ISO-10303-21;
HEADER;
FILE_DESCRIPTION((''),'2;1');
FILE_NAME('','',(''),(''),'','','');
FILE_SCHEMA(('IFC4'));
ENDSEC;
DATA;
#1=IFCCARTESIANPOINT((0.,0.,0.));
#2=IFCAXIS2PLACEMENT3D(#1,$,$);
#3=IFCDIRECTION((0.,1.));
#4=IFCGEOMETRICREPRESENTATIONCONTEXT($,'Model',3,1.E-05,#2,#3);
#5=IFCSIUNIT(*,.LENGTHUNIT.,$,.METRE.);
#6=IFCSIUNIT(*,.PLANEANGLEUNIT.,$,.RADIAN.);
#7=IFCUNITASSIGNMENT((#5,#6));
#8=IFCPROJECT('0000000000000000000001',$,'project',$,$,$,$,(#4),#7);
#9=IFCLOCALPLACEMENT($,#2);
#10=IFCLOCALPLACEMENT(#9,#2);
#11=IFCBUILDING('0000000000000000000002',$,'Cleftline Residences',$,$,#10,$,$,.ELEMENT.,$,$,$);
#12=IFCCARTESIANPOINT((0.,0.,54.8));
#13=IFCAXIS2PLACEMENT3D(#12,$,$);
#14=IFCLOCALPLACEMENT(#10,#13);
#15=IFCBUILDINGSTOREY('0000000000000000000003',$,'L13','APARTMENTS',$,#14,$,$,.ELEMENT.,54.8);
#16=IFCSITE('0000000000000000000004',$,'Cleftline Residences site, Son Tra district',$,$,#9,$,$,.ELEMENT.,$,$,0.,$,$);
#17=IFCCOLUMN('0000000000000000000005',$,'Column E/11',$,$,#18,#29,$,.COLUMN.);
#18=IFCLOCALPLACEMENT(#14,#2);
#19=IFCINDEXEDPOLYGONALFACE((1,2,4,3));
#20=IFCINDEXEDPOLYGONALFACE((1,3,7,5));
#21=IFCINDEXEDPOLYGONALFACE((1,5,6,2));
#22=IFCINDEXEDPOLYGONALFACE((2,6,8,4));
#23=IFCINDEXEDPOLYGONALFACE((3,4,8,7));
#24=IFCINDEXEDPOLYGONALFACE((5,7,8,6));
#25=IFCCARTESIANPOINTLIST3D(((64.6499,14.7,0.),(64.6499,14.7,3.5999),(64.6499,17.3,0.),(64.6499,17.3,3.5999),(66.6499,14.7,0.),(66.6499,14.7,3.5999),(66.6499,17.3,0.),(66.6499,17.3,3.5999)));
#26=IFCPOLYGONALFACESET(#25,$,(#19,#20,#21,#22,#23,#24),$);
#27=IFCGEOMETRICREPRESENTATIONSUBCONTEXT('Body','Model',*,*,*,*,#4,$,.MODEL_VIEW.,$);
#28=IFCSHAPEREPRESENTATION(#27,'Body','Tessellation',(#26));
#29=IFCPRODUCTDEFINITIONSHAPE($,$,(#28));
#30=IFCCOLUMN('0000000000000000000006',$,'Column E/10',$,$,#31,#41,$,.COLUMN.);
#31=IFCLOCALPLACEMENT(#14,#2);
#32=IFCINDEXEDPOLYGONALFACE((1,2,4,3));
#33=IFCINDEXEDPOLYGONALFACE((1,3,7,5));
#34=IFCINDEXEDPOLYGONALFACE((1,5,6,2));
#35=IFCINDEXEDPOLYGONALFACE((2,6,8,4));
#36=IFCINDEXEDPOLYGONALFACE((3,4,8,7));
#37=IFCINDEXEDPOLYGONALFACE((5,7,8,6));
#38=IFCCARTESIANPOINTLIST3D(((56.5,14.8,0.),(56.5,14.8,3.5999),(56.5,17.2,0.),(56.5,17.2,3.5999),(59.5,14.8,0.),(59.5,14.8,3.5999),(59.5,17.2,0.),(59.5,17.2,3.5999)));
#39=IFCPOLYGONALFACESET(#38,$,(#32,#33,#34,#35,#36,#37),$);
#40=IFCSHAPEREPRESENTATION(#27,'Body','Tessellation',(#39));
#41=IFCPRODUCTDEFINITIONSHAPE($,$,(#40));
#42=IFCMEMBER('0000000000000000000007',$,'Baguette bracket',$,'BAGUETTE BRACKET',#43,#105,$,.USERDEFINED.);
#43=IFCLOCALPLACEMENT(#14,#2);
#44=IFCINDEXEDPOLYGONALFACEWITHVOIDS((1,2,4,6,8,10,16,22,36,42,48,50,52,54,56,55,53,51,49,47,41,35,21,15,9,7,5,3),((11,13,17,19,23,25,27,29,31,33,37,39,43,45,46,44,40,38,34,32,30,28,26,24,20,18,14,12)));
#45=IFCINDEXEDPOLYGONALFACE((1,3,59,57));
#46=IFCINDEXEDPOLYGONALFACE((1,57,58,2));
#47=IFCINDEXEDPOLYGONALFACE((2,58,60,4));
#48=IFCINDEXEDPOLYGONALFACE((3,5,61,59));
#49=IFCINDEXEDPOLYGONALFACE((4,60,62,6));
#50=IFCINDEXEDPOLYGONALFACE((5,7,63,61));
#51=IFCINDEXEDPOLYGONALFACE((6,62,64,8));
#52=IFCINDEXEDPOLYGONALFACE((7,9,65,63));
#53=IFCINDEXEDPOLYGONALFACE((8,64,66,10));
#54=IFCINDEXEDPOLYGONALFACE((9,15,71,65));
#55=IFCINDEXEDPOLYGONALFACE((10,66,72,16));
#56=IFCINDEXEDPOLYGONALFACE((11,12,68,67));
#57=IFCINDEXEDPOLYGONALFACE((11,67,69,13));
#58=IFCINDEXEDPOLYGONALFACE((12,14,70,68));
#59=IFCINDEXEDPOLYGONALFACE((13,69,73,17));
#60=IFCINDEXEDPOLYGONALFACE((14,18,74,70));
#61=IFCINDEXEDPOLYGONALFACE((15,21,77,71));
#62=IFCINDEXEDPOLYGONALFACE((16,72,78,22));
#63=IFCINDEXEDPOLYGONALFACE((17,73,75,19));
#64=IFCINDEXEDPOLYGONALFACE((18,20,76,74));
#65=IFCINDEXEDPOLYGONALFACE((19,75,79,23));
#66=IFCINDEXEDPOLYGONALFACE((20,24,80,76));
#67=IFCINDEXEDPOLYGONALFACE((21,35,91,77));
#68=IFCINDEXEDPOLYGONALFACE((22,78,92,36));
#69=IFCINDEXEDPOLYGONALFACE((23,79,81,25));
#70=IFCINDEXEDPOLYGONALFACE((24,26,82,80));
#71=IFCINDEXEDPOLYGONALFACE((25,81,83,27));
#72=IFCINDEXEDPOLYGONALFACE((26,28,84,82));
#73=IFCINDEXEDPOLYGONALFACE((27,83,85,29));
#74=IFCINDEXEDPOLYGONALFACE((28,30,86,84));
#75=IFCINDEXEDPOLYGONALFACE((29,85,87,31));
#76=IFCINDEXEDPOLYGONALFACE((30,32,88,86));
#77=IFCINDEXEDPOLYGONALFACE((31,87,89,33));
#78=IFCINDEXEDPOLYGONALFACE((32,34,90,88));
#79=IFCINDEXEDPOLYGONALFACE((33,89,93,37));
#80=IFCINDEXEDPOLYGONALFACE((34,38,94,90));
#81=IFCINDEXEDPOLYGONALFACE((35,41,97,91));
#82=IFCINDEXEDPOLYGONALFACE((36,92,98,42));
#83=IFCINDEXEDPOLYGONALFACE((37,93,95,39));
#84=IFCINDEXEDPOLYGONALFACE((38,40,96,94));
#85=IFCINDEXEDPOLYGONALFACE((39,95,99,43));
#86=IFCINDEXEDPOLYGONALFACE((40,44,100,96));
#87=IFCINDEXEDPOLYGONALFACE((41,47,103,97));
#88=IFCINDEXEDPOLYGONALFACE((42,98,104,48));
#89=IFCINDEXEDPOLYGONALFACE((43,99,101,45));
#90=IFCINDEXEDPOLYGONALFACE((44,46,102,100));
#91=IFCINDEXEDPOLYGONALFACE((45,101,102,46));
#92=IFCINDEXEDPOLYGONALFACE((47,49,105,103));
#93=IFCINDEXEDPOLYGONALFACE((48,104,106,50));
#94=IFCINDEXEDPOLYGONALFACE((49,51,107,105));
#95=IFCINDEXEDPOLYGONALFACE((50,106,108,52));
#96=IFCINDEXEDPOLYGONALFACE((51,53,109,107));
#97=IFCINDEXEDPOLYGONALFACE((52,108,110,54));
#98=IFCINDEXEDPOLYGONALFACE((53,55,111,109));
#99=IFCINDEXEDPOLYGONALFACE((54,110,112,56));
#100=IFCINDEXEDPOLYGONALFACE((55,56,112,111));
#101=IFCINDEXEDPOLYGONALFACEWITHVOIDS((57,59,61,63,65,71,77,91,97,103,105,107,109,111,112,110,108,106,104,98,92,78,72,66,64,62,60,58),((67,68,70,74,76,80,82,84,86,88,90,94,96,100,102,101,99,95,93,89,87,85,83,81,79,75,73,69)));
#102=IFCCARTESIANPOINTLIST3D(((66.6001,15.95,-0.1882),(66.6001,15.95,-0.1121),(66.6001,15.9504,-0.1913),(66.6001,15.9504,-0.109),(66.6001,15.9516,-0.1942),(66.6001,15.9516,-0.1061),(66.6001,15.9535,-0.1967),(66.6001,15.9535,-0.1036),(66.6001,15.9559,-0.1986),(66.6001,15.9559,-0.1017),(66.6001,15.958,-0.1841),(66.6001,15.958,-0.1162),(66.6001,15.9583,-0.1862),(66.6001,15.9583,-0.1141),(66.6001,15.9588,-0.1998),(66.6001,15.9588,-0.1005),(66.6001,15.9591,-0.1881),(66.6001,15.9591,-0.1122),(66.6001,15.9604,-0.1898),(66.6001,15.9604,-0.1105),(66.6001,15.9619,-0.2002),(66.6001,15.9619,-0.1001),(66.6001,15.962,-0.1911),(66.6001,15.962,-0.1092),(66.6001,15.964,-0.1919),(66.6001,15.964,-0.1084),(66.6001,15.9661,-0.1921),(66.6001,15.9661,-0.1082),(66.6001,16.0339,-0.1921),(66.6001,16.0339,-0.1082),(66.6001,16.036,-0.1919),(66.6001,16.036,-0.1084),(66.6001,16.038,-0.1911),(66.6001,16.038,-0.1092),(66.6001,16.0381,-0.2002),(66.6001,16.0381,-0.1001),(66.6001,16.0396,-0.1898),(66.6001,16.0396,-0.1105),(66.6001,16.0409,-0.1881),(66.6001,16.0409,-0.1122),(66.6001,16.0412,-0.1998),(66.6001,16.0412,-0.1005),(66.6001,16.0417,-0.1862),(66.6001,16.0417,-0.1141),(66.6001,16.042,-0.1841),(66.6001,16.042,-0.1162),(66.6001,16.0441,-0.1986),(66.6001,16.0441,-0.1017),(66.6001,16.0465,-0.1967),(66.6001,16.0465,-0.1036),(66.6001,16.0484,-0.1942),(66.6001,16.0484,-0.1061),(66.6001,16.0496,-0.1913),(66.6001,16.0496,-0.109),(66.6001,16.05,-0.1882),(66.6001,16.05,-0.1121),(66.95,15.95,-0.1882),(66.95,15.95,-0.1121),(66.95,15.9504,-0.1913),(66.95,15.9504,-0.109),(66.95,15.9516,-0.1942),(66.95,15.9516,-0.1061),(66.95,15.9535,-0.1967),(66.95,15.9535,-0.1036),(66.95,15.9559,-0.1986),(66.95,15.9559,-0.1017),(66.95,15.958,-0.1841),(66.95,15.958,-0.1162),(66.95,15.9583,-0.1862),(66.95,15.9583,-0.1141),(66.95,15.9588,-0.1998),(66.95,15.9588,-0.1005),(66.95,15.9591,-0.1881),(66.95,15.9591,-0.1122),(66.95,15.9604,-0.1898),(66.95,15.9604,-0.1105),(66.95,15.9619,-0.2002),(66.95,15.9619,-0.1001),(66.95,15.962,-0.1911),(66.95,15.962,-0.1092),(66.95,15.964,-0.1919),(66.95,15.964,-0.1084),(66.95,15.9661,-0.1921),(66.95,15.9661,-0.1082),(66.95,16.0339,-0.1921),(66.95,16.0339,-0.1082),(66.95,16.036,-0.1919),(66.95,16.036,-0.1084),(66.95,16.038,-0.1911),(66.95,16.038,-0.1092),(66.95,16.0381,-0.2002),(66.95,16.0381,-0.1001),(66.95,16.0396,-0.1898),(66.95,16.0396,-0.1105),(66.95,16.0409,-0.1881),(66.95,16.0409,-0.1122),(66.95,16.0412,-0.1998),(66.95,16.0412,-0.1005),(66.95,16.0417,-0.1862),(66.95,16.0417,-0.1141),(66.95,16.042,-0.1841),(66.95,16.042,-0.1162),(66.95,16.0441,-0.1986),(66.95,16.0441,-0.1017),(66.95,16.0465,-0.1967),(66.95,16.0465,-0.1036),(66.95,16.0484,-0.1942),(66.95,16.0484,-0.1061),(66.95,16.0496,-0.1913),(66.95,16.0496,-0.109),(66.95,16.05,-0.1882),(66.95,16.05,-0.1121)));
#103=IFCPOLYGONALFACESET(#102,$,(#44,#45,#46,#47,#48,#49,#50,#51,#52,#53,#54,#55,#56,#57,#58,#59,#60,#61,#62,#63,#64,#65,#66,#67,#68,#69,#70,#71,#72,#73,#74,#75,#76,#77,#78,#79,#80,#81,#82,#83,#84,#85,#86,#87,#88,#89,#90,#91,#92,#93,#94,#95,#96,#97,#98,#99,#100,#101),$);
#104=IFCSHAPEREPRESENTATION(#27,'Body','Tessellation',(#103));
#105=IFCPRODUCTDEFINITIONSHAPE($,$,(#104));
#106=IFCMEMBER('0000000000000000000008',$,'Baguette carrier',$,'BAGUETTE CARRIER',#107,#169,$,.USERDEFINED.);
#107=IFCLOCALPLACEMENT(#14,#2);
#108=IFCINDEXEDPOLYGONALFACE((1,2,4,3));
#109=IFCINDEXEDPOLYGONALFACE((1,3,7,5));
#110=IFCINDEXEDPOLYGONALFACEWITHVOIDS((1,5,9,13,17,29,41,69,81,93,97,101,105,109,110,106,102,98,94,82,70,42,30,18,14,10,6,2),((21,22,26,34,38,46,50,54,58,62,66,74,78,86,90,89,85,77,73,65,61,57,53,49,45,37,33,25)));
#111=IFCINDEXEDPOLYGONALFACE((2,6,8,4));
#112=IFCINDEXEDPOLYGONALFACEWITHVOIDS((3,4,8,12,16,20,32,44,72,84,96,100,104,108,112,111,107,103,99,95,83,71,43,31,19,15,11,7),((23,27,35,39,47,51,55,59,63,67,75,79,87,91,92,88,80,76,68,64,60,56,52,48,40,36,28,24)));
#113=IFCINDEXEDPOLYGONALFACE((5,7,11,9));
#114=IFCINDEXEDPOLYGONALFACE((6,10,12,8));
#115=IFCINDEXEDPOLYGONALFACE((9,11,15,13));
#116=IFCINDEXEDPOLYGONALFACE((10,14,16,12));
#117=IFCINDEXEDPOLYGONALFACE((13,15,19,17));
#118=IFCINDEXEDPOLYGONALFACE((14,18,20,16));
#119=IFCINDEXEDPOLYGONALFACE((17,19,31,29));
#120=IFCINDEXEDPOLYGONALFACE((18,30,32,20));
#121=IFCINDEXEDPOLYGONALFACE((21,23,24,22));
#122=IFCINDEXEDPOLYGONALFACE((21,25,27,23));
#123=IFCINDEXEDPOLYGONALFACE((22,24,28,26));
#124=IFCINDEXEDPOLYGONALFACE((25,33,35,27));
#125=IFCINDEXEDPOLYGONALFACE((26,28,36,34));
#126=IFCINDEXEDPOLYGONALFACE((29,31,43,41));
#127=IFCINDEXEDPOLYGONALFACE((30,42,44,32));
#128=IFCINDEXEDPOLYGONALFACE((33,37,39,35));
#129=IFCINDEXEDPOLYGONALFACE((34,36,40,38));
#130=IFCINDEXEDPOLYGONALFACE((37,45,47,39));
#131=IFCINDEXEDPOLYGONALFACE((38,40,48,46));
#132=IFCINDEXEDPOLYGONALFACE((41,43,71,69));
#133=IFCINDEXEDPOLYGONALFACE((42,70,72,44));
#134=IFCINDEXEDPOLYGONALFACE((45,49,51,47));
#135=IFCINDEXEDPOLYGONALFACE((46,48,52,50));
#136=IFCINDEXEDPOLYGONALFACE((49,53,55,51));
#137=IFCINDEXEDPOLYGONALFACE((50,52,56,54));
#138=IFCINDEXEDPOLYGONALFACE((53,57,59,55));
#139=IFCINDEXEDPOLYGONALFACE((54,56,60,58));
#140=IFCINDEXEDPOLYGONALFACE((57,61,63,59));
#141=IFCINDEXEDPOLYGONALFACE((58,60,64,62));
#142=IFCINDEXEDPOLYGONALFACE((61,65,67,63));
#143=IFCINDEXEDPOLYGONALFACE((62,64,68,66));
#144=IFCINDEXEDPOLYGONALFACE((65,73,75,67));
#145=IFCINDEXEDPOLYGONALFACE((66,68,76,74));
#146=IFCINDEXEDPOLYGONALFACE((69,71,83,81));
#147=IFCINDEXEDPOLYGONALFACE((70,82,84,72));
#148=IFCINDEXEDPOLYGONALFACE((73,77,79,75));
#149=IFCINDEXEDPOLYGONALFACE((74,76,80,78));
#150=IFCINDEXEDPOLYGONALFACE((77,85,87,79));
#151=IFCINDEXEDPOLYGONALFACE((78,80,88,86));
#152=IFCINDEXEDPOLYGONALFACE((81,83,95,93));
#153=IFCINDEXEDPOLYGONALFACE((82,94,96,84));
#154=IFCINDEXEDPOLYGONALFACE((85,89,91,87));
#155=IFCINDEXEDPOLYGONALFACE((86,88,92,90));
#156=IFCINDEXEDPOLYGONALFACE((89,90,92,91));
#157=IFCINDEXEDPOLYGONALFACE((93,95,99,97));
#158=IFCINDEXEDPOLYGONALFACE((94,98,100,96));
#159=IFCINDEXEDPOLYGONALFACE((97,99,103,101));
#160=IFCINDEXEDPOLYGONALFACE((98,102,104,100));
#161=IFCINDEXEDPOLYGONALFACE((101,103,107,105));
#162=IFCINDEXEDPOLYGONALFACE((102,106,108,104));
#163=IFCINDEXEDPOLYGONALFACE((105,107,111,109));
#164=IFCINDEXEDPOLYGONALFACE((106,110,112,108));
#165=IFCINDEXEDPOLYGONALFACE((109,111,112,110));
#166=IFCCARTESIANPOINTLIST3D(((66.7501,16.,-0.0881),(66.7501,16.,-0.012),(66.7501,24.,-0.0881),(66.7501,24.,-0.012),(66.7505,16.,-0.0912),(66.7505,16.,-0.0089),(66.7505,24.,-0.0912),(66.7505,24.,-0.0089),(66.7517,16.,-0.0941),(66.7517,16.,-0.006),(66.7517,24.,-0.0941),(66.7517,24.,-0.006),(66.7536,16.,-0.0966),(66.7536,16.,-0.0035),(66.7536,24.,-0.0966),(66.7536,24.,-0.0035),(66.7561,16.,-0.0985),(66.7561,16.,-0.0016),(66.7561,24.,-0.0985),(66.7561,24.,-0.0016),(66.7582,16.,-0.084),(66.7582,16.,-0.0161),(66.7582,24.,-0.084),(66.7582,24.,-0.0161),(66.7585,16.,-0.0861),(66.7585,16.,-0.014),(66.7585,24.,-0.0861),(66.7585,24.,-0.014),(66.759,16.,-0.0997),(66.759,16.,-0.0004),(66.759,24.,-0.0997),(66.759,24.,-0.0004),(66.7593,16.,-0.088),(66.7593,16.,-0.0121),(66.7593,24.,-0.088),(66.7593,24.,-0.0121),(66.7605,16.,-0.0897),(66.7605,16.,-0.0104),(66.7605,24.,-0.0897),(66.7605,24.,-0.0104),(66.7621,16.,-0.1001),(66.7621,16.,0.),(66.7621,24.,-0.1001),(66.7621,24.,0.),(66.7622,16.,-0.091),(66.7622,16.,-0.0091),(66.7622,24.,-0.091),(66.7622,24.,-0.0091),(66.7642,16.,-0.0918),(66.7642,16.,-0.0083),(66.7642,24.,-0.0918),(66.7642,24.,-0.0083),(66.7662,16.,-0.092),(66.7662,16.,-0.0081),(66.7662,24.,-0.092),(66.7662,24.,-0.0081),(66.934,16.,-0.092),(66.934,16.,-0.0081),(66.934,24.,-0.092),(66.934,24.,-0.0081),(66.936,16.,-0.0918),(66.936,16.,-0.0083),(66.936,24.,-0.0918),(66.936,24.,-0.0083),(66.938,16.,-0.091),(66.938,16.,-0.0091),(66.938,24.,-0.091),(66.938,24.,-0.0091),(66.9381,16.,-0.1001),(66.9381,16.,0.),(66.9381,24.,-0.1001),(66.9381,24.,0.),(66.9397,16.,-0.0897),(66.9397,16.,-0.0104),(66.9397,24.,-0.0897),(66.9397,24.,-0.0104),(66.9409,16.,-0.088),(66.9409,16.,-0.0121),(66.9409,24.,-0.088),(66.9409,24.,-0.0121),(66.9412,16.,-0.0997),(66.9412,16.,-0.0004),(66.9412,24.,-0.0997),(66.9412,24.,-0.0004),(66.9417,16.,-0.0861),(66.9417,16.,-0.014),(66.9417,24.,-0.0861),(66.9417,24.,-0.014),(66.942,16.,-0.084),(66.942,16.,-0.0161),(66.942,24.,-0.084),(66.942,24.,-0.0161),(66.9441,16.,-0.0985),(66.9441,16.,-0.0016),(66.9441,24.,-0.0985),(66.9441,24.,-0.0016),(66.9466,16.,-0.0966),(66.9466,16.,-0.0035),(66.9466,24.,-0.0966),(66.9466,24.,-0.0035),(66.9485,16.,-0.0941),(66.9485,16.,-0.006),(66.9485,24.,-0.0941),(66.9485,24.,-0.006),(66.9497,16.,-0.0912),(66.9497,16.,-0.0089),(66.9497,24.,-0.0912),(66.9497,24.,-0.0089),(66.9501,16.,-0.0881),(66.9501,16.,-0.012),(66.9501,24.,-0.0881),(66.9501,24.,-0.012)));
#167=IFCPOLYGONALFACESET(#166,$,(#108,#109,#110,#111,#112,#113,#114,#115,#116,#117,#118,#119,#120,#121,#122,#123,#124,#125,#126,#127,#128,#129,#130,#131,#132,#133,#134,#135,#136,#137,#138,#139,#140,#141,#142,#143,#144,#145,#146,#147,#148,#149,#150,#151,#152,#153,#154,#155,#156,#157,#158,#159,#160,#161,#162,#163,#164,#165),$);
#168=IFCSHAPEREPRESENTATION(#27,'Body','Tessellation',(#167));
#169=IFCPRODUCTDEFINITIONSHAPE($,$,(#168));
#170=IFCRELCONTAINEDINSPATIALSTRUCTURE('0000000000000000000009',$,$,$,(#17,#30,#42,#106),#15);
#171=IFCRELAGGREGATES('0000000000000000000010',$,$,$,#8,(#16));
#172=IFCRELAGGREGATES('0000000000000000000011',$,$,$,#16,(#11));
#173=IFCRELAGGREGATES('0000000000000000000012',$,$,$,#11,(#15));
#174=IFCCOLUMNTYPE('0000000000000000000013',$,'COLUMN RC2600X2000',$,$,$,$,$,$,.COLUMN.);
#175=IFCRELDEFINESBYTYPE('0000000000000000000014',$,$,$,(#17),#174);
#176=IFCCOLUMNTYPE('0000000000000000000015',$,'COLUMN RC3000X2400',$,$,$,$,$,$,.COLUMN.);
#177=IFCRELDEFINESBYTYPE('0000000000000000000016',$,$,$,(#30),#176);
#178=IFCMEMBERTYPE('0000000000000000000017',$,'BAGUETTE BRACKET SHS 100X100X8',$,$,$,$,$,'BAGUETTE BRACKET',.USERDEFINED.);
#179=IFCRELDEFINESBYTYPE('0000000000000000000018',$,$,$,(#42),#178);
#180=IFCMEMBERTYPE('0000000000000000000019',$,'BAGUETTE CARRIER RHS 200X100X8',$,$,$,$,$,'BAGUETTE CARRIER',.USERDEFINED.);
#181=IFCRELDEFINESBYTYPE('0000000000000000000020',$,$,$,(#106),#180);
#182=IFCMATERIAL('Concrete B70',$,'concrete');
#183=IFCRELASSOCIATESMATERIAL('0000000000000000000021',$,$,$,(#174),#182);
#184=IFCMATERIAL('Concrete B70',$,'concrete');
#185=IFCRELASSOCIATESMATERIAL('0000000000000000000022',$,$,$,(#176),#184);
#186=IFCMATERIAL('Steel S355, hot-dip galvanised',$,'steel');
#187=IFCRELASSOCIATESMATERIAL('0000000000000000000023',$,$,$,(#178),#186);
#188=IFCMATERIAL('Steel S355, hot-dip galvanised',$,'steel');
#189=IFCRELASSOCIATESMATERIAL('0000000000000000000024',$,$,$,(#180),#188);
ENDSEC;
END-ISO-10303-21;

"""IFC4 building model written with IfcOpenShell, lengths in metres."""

from ifc_helpers import new_model, si_unit, direction, frame, origin, origin_2d, place, context, subcontext, project, spatial, rectangle, hollow_rectangle, extrude, material, material_profile, profile_set, type_object, element, save


model = new_model("IFC4")

# Units and contexts
model_context = context("Model", 3, precision=1e-05, world=origin(), true_north=direction((0.0, 1.0)))
body_context = subcontext(model_context, "Body", "Model", "MODEL_VIEW")
ifc_project = project(units=[si_unit("LENGTHUNIT", "METRE"), si_unit("PLANEANGLEUNIT", "RADIAN")], contexts=[model_context])

# Site, building, storey
site_placement = place(None, origin())
site = spatial("IfcSite", under=ifc_project, at=site_placement, Name="Cleftline Residences site, Son Tra district", CompositionType="ELEMENT", RefElevation=0.0)
building_placement = place(site_placement, origin())
building = spatial("IfcBuilding", under=site, at=building_placement, Name="Cleftline Residences", CompositionType="ELEMENT")
storey_placement = place(building_placement, frame((0.0, 0.0, 54.8)))
storey = spatial("IfcBuildingStorey", under=building, at=storey_placement, Name="L13", Description="APARTMENTS", CompositionType="ELEMENT", Elevation=54.8)

# Columns
ifc_material_1 = material(Name="Concrete B70", Category="concrete")
ifc_material_profile_1 = material_profile(ifc_material_1, rectangle(XDim=2.6001, YDim=2.0, at=origin_2d()))
ifc_profile_set_1 = profile_set([ifc_material_profile_1], Name="Concrete B70")
column_type_1 = type_object("IfcColumnType", Name="COLUMN RC2600X2000", PredefinedType="COLUMN", material=ifc_profile_set_1)
column_1_placement = place(storey_placement, frame((65.6499, 16.0, 0.0), z_axis=(0.0, 0.0, 1.0), x_axis=(0.0, 1.0, 0.0)))
element("IfcColumn", 1, at=column_1_placement, inside=storey, type_object=column_type_1, Name="Column E/11", PredefinedType="COLUMN", context=body_context, shape_type="SweptSolid", body=[
    extrude(rectangle(XDim=2.6001, YDim=2.0, at=origin_2d()), origin(), (0.0, 0.0, 1.0), 3.5999),
])
ifc_material_2 = material(Name="Concrete B70", Category="concrete")
ifc_material_profile_2 = material_profile(ifc_material_2, rectangle(XDim=3.0, YDim=2.3999, at=origin_2d()))
ifc_profile_set_2 = profile_set([ifc_material_profile_2], Name="Concrete B70")
column_type_2 = type_object("IfcColumnType", Name="COLUMN RC3000X2400", PredefinedType="COLUMN", material=ifc_profile_set_2)
column_2_placement = place(storey_placement, frame((58.0, 16.0, 0.0), z_axis=(0.0, 0.0, 1.0), x_axis=(1.0, 0.0, 0.0)))
element("IfcColumn", 2, at=column_2_placement, inside=storey, type_object=column_type_2, Name="Column E/10", PredefinedType="COLUMN", context=body_context, shape_type="SweptSolid", body=[
    extrude(rectangle(XDim=3.0, YDim=2.3999, at=origin_2d()), origin(), (0.0, 0.0, 1.0), 3.5999),
])

# Members
ifc_material_3 = material(Name="Steel S355, hot-dip galvanised", Category="steel")
ifc_material_profile_3 = material_profile(ifc_material_3, hollow_rectangle(XDim=0.1001, YDim=0.1001, WallThickness=0.0081, InnerFilletRadius=0.0081, OuterFilletRadius=0.012, at=origin_2d()))
ifc_profile_set_3 = profile_set([ifc_material_profile_3], Name="Steel S355, hot-dip galvanised")
member_type_1 = type_object("IfcMemberType", Name="BAGUETTE BRACKET SHS 100X100X8", ElementType="BAGUETTE BRACKET", PredefinedType="USERDEFINED", material=ifc_profile_set_3)
member_1_placement = place(storey_placement, frame((66.6001, 16.0, -0.1501), z_axis=(1.0, 0.0, 0.0), x_axis=(0.0, 1.0, 0.0)))
element("IfcMember", 3, at=member_1_placement, inside=storey, type_object=member_type_1, Name="Baguette bracket", ObjectType="BAGUETTE BRACKET", PredefinedType="USERDEFINED", context=body_context, shape_type="SweptSolid", body=[
    extrude(hollow_rectangle(XDim=0.1001, YDim=0.1001, WallThickness=0.0081, InnerFilletRadius=0.0081, OuterFilletRadius=0.012, at=origin_2d()), origin(), (0.0, 0.0, 1.0), 0.3499),
])
ifc_material_4 = material(Name="Steel S355, hot-dip galvanised", Category="steel")
ifc_material_profile_4 = material_profile(ifc_material_4, hollow_rectangle(XDim=0.1001, YDim=0.2, WallThickness=0.0081, InnerFilletRadius=0.0081, OuterFilletRadius=0.012, at=origin_2d()))
ifc_profile_set_4 = profile_set([ifc_material_profile_4], Name="Steel S355, hot-dip galvanised")
member_type_2 = type_object("IfcMemberType", Name="BAGUETTE CARRIER RHS 200X100X8", ElementType="BAGUETTE CARRIER", PredefinedType="USERDEFINED", material=ifc_profile_set_4)
member_2_placement = place(storey_placement, frame((66.8501, 16.0, -0.05), z_axis=(0.0, 1.0, 0.0), x_axis=(0.0, 0.0, 1.0)))
element("IfcMember", 4, at=member_2_placement, inside=storey, type_object=member_type_2, Name="Baguette carrier", ObjectType="BAGUETTE CARRIER", PredefinedType="USERDEFINED", context=body_context, shape_type="SweptSolid", body=[
    extrude(hollow_rectangle(XDim=0.1001, YDim=0.2, WallThickness=0.0081, InnerFilletRadius=0.0081, OuterFilletRadius=0.012, at=origin_2d()), origin(), (0.0, 0.0, 1.0), 8.0),
])

save(model, "model.ifc")
